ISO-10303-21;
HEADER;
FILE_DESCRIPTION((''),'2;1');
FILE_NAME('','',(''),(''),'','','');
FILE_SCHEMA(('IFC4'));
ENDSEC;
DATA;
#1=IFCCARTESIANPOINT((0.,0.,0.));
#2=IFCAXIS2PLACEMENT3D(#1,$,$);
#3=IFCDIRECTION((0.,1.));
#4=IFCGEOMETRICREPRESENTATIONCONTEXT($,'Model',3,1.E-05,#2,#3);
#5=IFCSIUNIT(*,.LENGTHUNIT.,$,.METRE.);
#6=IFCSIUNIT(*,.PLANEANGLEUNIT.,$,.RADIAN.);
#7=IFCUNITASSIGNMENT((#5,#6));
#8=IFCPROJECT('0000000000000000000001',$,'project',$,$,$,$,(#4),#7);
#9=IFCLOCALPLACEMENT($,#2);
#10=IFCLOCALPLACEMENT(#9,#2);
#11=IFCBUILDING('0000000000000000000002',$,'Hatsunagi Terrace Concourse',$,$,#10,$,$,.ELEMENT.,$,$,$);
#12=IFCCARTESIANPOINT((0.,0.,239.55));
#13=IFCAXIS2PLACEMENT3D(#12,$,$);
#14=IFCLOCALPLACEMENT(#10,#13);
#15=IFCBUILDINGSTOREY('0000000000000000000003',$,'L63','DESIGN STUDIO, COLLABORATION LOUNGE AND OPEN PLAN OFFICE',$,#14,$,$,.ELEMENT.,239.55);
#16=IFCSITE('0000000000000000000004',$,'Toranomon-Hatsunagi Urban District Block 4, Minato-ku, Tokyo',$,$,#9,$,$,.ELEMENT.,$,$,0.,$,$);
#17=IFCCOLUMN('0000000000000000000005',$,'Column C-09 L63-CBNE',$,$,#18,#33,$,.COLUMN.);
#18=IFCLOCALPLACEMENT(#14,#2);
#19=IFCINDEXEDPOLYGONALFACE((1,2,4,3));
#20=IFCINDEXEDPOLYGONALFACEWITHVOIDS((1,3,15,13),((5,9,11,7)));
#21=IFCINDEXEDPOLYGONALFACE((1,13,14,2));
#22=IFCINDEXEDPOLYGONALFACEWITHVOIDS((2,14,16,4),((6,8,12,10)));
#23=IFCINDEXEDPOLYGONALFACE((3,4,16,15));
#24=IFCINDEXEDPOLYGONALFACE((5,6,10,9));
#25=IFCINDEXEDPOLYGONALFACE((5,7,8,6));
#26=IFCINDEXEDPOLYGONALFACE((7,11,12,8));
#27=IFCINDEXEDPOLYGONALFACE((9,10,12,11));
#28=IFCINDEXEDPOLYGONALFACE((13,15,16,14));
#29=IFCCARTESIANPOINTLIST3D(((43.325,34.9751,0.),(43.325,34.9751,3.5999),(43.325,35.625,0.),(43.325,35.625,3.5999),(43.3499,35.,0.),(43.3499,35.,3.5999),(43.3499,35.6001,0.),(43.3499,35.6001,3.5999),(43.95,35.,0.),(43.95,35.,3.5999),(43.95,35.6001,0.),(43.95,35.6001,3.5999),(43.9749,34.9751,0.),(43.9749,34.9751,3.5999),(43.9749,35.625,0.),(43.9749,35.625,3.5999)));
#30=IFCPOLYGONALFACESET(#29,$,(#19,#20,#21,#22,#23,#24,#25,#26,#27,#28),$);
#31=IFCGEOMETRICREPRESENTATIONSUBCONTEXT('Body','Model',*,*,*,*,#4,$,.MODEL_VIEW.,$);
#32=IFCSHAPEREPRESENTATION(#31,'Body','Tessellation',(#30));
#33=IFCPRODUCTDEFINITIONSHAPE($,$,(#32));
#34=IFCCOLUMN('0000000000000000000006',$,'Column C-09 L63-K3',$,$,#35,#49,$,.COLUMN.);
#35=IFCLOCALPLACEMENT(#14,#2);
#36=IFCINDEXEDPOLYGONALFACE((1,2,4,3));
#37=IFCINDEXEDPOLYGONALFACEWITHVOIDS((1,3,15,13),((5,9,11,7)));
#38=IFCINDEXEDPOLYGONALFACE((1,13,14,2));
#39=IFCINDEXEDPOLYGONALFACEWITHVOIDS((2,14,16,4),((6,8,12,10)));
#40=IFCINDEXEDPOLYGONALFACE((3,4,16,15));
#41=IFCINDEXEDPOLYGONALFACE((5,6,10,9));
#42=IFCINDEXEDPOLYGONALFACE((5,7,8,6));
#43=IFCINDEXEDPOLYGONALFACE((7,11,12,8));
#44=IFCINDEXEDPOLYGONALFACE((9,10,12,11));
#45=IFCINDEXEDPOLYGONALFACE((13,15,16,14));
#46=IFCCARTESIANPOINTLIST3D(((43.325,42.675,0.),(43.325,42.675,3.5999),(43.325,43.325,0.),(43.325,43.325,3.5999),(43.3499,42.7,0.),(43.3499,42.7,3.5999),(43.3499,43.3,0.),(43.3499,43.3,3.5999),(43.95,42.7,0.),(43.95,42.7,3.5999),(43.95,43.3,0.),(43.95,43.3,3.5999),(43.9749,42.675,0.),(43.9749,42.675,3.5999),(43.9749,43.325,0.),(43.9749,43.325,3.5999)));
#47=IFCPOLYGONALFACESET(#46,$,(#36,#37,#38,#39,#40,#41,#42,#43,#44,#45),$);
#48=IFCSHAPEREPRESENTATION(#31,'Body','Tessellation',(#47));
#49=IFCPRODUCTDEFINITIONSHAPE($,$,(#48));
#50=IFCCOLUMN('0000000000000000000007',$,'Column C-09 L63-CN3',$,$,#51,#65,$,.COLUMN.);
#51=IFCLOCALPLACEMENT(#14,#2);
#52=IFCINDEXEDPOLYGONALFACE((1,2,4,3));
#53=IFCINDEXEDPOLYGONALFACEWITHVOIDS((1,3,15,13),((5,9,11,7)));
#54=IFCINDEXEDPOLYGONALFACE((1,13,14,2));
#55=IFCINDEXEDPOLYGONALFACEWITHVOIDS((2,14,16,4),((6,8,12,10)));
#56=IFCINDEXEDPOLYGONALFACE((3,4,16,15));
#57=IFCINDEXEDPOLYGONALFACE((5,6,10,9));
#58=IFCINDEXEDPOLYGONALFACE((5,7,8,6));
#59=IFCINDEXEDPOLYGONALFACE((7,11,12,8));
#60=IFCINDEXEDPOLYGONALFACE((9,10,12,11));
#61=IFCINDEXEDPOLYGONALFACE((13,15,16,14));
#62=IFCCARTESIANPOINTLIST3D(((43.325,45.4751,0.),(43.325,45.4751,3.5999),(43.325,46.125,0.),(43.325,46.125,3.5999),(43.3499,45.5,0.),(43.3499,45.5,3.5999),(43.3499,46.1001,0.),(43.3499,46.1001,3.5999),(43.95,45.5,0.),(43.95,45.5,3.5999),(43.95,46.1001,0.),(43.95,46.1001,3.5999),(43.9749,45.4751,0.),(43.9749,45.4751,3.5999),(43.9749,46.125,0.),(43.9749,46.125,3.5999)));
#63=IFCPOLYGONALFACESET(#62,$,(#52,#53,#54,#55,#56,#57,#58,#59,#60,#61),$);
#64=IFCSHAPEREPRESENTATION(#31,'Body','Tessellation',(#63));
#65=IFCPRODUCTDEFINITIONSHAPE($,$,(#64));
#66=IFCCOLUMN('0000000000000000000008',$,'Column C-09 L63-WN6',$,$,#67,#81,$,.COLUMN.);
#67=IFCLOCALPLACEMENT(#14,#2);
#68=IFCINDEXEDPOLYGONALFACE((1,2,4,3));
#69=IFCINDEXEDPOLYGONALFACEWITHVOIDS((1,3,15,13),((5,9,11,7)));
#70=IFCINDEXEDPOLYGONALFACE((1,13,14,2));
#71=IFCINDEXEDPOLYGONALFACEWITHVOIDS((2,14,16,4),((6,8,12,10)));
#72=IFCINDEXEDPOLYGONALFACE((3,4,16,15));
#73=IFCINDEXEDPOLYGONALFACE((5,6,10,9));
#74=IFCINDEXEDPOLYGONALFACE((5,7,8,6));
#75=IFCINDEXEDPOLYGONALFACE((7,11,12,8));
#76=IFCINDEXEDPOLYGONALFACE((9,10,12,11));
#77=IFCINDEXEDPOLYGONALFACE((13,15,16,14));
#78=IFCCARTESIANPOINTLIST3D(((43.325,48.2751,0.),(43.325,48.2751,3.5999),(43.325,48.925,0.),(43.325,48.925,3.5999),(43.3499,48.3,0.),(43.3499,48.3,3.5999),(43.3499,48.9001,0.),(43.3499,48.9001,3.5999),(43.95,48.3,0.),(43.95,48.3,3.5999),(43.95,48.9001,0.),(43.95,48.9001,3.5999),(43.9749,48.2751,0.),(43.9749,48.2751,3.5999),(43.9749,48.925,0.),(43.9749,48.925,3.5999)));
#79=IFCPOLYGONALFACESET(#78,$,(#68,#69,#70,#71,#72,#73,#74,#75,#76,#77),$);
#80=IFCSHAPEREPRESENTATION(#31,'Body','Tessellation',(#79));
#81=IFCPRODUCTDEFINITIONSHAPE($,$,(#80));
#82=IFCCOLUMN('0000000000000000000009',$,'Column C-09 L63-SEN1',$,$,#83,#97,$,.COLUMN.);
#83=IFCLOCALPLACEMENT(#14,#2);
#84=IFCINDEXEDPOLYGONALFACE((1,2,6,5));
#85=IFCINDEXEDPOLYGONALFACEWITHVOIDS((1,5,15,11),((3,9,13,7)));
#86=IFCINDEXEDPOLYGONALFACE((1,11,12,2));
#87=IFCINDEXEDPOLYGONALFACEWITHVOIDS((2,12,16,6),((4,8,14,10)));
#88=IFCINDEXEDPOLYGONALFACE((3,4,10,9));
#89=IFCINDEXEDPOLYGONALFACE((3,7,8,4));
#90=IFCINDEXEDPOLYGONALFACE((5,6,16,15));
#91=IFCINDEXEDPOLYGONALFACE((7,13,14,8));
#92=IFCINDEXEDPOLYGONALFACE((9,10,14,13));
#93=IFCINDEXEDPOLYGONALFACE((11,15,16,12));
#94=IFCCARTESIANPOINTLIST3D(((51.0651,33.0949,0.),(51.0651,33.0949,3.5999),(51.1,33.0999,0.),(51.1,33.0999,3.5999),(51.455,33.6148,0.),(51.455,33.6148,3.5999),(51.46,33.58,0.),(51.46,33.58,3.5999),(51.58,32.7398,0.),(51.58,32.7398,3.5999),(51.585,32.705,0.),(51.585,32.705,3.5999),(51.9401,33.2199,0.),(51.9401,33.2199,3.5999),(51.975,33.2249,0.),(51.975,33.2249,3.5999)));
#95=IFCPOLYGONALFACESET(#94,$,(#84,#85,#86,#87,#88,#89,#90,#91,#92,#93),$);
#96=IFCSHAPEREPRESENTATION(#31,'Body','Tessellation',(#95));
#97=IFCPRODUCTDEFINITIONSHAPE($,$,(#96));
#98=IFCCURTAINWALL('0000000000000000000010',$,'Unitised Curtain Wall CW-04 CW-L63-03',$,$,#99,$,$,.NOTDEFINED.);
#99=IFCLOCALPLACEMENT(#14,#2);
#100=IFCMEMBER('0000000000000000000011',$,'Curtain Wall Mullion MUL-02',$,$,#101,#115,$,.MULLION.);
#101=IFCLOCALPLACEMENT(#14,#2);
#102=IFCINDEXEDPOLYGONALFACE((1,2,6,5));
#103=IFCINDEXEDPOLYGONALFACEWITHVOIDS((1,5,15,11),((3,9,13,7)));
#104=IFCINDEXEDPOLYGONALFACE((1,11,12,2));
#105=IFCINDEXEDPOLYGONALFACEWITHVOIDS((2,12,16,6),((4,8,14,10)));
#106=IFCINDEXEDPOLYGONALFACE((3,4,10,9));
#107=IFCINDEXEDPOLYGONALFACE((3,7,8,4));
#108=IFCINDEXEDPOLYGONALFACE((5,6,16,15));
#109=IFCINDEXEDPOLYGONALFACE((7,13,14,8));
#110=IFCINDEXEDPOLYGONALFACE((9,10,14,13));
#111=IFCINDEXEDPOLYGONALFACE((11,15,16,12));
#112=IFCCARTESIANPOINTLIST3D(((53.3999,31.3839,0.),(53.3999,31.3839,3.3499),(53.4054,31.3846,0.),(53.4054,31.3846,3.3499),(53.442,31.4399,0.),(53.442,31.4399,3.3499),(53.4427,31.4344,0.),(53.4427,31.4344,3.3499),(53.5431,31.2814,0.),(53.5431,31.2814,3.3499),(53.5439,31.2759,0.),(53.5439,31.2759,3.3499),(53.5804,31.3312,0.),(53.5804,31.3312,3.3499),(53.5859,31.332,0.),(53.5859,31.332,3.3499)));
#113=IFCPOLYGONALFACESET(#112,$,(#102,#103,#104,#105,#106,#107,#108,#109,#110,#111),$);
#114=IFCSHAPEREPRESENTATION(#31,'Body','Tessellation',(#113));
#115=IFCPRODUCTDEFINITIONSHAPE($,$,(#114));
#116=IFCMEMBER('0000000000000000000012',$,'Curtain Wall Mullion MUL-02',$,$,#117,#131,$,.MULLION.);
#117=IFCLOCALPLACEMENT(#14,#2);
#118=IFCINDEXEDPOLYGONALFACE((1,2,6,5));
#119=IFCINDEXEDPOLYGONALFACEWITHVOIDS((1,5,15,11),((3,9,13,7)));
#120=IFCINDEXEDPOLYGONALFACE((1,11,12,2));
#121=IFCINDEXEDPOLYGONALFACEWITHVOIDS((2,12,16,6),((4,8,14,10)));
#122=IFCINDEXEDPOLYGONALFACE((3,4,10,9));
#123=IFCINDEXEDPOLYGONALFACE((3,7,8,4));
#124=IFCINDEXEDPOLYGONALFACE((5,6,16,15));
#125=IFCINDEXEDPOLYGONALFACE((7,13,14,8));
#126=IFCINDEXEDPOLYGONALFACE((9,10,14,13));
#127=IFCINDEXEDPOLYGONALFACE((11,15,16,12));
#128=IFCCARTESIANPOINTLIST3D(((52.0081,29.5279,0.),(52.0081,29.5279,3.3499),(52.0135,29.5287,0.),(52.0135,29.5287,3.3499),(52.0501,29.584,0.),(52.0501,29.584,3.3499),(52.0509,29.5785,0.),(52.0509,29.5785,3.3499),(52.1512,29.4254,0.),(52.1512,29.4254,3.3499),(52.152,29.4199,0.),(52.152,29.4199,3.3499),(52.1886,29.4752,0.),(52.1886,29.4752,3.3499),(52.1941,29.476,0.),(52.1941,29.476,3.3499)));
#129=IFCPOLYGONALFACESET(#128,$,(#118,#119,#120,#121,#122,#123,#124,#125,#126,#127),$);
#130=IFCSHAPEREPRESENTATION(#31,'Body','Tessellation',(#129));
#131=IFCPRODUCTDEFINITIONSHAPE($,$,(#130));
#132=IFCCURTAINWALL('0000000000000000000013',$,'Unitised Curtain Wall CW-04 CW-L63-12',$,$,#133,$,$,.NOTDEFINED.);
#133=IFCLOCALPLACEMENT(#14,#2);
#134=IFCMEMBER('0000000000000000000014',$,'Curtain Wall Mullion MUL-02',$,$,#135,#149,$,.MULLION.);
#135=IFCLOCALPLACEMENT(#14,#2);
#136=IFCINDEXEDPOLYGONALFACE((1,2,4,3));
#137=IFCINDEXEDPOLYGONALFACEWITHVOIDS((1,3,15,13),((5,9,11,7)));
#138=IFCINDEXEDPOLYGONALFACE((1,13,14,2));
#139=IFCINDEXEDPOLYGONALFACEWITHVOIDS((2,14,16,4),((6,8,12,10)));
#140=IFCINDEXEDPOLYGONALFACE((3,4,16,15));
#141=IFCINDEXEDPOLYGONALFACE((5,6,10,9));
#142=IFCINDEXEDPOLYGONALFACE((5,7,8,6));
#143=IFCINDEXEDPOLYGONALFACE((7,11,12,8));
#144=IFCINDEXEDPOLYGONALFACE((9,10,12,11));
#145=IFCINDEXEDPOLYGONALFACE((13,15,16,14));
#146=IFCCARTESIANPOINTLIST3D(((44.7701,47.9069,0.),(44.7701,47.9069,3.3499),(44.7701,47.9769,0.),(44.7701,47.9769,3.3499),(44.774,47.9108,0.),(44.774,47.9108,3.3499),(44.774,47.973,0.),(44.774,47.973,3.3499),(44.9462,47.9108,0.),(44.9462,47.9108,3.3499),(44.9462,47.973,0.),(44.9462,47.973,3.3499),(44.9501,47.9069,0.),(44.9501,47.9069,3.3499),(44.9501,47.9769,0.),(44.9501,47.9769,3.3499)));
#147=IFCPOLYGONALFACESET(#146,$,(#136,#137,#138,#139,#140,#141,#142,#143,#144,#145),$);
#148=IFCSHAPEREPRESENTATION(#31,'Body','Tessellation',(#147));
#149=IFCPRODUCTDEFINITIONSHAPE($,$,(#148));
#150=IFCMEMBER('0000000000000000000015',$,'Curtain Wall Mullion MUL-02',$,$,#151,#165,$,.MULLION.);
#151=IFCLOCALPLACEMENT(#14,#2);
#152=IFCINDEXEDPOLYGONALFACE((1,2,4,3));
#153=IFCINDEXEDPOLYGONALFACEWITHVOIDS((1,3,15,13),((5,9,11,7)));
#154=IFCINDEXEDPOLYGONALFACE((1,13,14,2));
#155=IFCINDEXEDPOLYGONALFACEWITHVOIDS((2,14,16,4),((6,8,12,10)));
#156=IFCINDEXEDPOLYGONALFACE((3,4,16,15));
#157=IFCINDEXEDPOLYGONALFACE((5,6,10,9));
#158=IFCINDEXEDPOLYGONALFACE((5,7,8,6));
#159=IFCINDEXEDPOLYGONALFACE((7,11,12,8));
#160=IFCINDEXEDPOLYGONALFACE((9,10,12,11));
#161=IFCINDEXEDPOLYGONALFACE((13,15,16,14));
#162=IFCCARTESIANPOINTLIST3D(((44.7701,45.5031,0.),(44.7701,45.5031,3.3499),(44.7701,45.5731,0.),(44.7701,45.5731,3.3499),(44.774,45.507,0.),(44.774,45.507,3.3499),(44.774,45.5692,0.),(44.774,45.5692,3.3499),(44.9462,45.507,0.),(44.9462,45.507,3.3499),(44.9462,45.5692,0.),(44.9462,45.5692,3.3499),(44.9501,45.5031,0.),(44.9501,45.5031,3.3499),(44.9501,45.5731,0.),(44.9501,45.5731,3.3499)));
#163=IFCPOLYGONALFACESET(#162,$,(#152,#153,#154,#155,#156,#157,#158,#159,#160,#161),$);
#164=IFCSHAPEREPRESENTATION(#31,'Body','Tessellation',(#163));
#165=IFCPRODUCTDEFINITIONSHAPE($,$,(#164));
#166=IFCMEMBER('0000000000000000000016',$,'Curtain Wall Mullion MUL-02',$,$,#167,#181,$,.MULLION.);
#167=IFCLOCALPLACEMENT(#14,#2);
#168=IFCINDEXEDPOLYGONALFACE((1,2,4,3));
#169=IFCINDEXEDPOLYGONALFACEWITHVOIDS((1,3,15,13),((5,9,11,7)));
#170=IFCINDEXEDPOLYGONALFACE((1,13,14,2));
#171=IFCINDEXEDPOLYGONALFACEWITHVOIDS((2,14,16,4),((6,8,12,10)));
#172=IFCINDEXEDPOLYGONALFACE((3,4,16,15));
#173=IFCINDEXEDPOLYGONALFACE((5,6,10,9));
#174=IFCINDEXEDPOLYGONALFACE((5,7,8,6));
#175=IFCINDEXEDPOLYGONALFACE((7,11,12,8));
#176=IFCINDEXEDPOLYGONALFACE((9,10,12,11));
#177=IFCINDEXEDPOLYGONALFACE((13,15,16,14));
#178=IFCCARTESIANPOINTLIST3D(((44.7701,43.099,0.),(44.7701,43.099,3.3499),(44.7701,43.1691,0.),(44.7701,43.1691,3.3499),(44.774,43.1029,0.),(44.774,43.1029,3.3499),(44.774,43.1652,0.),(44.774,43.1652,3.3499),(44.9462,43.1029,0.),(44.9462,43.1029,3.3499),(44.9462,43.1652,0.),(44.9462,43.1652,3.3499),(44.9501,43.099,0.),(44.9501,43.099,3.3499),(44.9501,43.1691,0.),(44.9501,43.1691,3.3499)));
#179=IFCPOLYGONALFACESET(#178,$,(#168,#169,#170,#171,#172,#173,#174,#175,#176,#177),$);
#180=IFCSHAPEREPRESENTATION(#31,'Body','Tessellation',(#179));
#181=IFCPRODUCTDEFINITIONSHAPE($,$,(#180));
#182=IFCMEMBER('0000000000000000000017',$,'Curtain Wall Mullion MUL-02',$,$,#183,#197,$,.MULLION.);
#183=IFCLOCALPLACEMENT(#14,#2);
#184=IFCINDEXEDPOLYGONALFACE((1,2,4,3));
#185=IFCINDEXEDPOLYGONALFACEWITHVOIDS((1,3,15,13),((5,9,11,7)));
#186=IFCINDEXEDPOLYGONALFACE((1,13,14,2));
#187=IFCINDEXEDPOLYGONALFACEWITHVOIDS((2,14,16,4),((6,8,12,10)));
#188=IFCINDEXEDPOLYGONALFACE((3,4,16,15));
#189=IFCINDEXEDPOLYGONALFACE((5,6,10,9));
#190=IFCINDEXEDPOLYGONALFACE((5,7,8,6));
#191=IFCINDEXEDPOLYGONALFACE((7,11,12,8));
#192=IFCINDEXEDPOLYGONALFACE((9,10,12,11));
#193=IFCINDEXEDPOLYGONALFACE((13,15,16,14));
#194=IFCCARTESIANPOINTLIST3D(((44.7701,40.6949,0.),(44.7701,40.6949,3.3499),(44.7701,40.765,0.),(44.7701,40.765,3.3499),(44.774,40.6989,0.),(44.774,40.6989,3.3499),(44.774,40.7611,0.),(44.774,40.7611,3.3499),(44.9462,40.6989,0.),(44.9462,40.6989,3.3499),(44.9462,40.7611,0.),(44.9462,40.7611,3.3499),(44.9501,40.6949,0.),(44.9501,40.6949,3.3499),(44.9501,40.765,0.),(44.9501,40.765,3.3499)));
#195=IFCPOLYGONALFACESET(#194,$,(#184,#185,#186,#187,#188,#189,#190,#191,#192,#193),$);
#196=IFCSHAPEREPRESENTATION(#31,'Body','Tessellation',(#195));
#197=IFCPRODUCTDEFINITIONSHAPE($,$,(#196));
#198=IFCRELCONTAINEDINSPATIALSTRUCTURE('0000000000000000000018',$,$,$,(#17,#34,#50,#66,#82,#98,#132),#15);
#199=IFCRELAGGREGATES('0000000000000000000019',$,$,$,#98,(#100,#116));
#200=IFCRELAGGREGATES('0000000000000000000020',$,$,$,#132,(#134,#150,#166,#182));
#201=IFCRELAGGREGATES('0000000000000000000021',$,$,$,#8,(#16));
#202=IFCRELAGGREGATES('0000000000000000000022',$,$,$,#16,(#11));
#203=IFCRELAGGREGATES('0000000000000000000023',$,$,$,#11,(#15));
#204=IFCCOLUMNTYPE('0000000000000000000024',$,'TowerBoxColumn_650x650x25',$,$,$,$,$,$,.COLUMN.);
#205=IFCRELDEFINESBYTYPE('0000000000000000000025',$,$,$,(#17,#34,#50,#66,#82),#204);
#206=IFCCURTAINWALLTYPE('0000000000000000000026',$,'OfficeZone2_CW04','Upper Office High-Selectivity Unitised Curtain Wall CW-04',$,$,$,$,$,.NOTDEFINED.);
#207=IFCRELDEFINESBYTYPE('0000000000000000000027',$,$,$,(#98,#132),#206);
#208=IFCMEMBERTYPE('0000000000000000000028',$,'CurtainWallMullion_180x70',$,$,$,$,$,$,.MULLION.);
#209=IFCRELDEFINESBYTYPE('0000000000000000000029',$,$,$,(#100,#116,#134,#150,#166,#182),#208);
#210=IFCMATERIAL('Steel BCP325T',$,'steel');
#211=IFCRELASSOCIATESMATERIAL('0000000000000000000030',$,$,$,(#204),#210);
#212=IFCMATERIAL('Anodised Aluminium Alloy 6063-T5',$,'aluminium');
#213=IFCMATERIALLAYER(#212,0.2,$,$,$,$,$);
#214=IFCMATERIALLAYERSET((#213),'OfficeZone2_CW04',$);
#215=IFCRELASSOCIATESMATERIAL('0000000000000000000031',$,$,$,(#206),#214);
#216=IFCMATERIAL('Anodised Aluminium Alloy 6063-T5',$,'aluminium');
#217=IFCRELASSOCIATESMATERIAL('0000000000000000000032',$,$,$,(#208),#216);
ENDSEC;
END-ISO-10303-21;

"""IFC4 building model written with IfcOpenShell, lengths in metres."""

from ifc_helpers import new_model, si_unit, direction, frame, origin, origin_2d, place, context, subcontext, project, spatial, hollow_rectangle, extrude, material, layer, layer_set, material_profile, profile_set, type_object, element, aggregate, save


model = new_model("IFC4")

# Units and contexts
model_context = context("Model", 3, precision=1e-05, world=origin(), true_north=direction((0.0, 1.0)))
body_context = subcontext(model_context, "Body", "Model", "MODEL_VIEW")
ifc_project = project(units=[si_unit("LENGTHUNIT", "METRE"), si_unit("PLANEANGLEUNIT", "RADIAN")], contexts=[model_context])

# Site, building, storey
site_placement = place(None, origin())
site = spatial("IfcSite", under=ifc_project, at=site_placement, Name="Toranomon-Hatsunagi Urban District Block 4, Minato-ku, Tokyo", CompositionType="ELEMENT", RefElevation=0.0)
building_placement = place(site_placement, origin())
building = spatial("IfcBuilding", under=site, at=building_placement, Name="Hatsunagi Terrace Concourse", CompositionType="ELEMENT")
storey_placement = place(building_placement, frame((0.0, 0.0, 239.55)))
storey = spatial("IfcBuildingStorey", under=building, at=storey_placement, Name="L63", Description="DESIGN STUDIO, COLLABORATION LOUNGE AND OPEN PLAN OFFICE", CompositionType="ELEMENT", Elevation=239.55)

# Columns
ifc_material_1 = material(Name="Steel BCP325T", Category="steel")
ifc_material_profile_1 = material_profile(ifc_material_1, hollow_rectangle(XDim=0.6499, YDim=0.6499, WallThickness=0.0249, at=origin_2d()), Name="BCP-650x650x25")
ifc_profile_set_1 = profile_set([ifc_material_profile_1], Name="Steel BCP325T")
column_type = type_object("IfcColumnType", Name="TowerBoxColumn_650x650x25", PredefinedType="COLUMN", material=ifc_profile_set_1)
for number, where, z_axis, x_axis, name in (
    (1, (43.6499, 35.3, 0.0), (0.0, 0.0, 1.0), (1.0, 0.0, 0.0), "Column C-09 L63-CBNE"),
    (2, (43.6499, 43.0, 0.0), (0.0, 0.0, 1.0), (1.0, 0.0, 0.0), "Column C-09 L63-K3"),
    (3, (43.6499, 45.8, 0.0), (0.0, 0.0, 1.0), (1.0, 0.0, 0.0), "Column C-09 L63-CN3"),
    (4, (43.6499, 48.6001, 0.0), (0.0, 0.0, 1.0), (1.0, 0.0, 0.0), "Column C-09 L63-WN6"),
    (5, (51.52, 33.1599, 0.0), (0.0, 0.0, 1.0), (0.8, -0.6, 0.0), "Column C-09 L63-SEN1"),
):
    element("IfcColumn", number, at=place(storey_placement, frame(where, z_axis=z_axis, x_axis=x_axis)), inside=storey, type_object=column_type, Name=name, PredefinedType="COLUMN", context=body_context, shape_type="SweptSolid", body=[
        extrude(hollow_rectangle(XDim=0.6499, YDim=0.6499, WallThickness=0.0249, at=origin_2d()), origin(), (0.0, 0.0, 1.0), 3.5999),
    ])

# Curtain walls, members
ifc_material_2 = material(Name="Anodised Aluminium Alloy 6063-T5", Category="aluminium")
ifc_layer_1 = layer(ifc_material_2, 0.2)
ifc_layer_set_1 = layer_set([ifc_layer_1], Name="OfficeZone2_CW04")
curtain_wall_type = type_object("IfcCurtainWallType", Name="OfficeZone2_CW04", Description="Upper Office High-Selectivity Unitised Curtain Wall CW-04", PredefinedType="NOTDEFINED", material=ifc_layer_set_1)
curtain_wall_1_placement = place(storey_placement, origin())
curtain_wall_1 = element("IfcCurtainWall", 6, at=curtain_wall_1_placement, inside=storey, type_object=curtain_wall_type, Name="Unitised Curtain Wall CW-04 CW-L63-03", PredefinedType="NOTDEFINED")
ifc_material_3 = material(Name="Anodised Aluminium Alloy 6063-T5", Category="aluminium")
ifc_material_profile_2 = material_profile(ifc_material_3, hollow_rectangle(XDim=0.0701, YDim=0.1799, WallThickness=0.0039, at=origin_2d()), Name="ALU-MUL-180x70x4")
ifc_profile_set_2 = profile_set([ifc_material_profile_2], Name="Anodised Aluminium Alloy 6063-T5")
member_type_1 = type_object("IfcMemberType", Name="CurtainWallMullion_180x70", PredefinedType="MULLION", material=ifc_profile_set_2)
member_1_placement = place(storey_placement, frame((53.4929, 31.3579, 0.0), z_axis=(0.0, 0.0, 1.0), x_axis=(-0.599969, -0.800023, 0.0)))
member_1 = element("IfcMember", 7, at=member_1_placement, type_object=member_type_1, Name="Curtain Wall Mullion MUL-02", PredefinedType="MULLION", context=body_context, shape_type="SweptSolid", body=[
    extrude(hollow_rectangle(XDim=0.0701, YDim=0.1799, WallThickness=0.0039, at=origin_2d()), origin(), (0.0, 0.0, 1.0), 3.3499),
])
member_2_placement = place(storey_placement, frame((52.1011, 29.502, 0.0), z_axis=(0.0, 0.0, 1.0), x_axis=(-0.599969, -0.800023, 0.0)))
member_2 = element("IfcMember", 8, at=member_2_placement, type_object=member_type_1, Name="Curtain Wall Mullion MUL-02", PredefinedType="MULLION", context=body_context, shape_type="SweptSolid", body=[
    extrude(hollow_rectangle(XDim=0.0701, YDim=0.1799, WallThickness=0.0039, at=origin_2d()), origin(), (0.0, 0.0, 1.0), 3.3499),
])
curtain_wall_2_placement = place(storey_placement, origin())
curtain_wall_2 = element("IfcCurtainWall", 9, at=curtain_wall_2_placement, inside=storey, type_object=curtain_wall_type, Name="Unitised Curtain Wall CW-04 CW-L63-12", PredefinedType="NOTDEFINED")
member_3_placement = place(storey_placement, frame((44.8601, 47.9419, 0.0), z_axis=(0.0, 0.0, 1.0), x_axis=(0.0, -1.0, 0.0)))
member_3 = element("IfcMember", 10, at=member_3_placement, type_object=member_type_1, Name="Curtain Wall Mullion MUL-02", PredefinedType="MULLION", context=body_context, shape_type="SweptSolid", body=[
    extrude(hollow_rectangle(XDim=0.0701, YDim=0.1799, WallThickness=0.0039, at=origin_2d()), origin(), (0.0, 0.0, 1.0), 3.3499),
])
member_4_placement = place(storey_placement, frame((44.8601, 45.5381, 0.0), z_axis=(0.0, 0.0, 1.0), x_axis=(0.0, -1.0, 0.0)))
member_4 = element("IfcMember", 11, at=member_4_placement, type_object=member_type_1, Name="Curtain Wall Mullion MUL-02", PredefinedType="MULLION", context=body_context, shape_type="SweptSolid", body=[
    extrude(hollow_rectangle(XDim=0.0701, YDim=0.1799, WallThickness=0.0039, at=origin_2d()), origin(), (0.0, 0.0, 1.0), 3.3499),
])
member_5_placement = place(storey_placement, frame((44.8601, 43.134, 0.0), z_axis=(0.0, 0.0, 1.0), x_axis=(0.0, -1.0, 0.0)))
member_5 = element("IfcMember", 12, at=member_5_placement, type_object=member_type_1, Name="Curtain Wall Mullion MUL-02", PredefinedType="MULLION", context=body_context, shape_type="SweptSolid", body=[
    extrude(hollow_rectangle(XDim=0.0701, YDim=0.1799, WallThickness=0.0039, at=origin_2d()), origin(), (0.0, 0.0, 1.0), 3.3499),
])
member_6_placement = place(storey_placement, frame((44.8601, 40.73, 0.0), z_axis=(0.0, 0.0, 1.0), x_axis=(0.0, -1.0, 0.0)))
member_6 = element("IfcMember", 13, at=member_6_placement, type_object=member_type_1, Name="Curtain Wall Mullion MUL-02", PredefinedType="MULLION", context=body_context, shape_type="SweptSolid", body=[
    extrude(hollow_rectangle(XDim=0.0701, YDim=0.1799, WallThickness=0.0039, at=origin_2d()), origin(), (0.0, 0.0, 1.0), 3.3499),
])

aggregate(curtain_wall_1, [member_1, member_2])
aggregate(curtain_wall_2, [member_3, member_4, member_5, member_6])

save(model, "model.ifc")
